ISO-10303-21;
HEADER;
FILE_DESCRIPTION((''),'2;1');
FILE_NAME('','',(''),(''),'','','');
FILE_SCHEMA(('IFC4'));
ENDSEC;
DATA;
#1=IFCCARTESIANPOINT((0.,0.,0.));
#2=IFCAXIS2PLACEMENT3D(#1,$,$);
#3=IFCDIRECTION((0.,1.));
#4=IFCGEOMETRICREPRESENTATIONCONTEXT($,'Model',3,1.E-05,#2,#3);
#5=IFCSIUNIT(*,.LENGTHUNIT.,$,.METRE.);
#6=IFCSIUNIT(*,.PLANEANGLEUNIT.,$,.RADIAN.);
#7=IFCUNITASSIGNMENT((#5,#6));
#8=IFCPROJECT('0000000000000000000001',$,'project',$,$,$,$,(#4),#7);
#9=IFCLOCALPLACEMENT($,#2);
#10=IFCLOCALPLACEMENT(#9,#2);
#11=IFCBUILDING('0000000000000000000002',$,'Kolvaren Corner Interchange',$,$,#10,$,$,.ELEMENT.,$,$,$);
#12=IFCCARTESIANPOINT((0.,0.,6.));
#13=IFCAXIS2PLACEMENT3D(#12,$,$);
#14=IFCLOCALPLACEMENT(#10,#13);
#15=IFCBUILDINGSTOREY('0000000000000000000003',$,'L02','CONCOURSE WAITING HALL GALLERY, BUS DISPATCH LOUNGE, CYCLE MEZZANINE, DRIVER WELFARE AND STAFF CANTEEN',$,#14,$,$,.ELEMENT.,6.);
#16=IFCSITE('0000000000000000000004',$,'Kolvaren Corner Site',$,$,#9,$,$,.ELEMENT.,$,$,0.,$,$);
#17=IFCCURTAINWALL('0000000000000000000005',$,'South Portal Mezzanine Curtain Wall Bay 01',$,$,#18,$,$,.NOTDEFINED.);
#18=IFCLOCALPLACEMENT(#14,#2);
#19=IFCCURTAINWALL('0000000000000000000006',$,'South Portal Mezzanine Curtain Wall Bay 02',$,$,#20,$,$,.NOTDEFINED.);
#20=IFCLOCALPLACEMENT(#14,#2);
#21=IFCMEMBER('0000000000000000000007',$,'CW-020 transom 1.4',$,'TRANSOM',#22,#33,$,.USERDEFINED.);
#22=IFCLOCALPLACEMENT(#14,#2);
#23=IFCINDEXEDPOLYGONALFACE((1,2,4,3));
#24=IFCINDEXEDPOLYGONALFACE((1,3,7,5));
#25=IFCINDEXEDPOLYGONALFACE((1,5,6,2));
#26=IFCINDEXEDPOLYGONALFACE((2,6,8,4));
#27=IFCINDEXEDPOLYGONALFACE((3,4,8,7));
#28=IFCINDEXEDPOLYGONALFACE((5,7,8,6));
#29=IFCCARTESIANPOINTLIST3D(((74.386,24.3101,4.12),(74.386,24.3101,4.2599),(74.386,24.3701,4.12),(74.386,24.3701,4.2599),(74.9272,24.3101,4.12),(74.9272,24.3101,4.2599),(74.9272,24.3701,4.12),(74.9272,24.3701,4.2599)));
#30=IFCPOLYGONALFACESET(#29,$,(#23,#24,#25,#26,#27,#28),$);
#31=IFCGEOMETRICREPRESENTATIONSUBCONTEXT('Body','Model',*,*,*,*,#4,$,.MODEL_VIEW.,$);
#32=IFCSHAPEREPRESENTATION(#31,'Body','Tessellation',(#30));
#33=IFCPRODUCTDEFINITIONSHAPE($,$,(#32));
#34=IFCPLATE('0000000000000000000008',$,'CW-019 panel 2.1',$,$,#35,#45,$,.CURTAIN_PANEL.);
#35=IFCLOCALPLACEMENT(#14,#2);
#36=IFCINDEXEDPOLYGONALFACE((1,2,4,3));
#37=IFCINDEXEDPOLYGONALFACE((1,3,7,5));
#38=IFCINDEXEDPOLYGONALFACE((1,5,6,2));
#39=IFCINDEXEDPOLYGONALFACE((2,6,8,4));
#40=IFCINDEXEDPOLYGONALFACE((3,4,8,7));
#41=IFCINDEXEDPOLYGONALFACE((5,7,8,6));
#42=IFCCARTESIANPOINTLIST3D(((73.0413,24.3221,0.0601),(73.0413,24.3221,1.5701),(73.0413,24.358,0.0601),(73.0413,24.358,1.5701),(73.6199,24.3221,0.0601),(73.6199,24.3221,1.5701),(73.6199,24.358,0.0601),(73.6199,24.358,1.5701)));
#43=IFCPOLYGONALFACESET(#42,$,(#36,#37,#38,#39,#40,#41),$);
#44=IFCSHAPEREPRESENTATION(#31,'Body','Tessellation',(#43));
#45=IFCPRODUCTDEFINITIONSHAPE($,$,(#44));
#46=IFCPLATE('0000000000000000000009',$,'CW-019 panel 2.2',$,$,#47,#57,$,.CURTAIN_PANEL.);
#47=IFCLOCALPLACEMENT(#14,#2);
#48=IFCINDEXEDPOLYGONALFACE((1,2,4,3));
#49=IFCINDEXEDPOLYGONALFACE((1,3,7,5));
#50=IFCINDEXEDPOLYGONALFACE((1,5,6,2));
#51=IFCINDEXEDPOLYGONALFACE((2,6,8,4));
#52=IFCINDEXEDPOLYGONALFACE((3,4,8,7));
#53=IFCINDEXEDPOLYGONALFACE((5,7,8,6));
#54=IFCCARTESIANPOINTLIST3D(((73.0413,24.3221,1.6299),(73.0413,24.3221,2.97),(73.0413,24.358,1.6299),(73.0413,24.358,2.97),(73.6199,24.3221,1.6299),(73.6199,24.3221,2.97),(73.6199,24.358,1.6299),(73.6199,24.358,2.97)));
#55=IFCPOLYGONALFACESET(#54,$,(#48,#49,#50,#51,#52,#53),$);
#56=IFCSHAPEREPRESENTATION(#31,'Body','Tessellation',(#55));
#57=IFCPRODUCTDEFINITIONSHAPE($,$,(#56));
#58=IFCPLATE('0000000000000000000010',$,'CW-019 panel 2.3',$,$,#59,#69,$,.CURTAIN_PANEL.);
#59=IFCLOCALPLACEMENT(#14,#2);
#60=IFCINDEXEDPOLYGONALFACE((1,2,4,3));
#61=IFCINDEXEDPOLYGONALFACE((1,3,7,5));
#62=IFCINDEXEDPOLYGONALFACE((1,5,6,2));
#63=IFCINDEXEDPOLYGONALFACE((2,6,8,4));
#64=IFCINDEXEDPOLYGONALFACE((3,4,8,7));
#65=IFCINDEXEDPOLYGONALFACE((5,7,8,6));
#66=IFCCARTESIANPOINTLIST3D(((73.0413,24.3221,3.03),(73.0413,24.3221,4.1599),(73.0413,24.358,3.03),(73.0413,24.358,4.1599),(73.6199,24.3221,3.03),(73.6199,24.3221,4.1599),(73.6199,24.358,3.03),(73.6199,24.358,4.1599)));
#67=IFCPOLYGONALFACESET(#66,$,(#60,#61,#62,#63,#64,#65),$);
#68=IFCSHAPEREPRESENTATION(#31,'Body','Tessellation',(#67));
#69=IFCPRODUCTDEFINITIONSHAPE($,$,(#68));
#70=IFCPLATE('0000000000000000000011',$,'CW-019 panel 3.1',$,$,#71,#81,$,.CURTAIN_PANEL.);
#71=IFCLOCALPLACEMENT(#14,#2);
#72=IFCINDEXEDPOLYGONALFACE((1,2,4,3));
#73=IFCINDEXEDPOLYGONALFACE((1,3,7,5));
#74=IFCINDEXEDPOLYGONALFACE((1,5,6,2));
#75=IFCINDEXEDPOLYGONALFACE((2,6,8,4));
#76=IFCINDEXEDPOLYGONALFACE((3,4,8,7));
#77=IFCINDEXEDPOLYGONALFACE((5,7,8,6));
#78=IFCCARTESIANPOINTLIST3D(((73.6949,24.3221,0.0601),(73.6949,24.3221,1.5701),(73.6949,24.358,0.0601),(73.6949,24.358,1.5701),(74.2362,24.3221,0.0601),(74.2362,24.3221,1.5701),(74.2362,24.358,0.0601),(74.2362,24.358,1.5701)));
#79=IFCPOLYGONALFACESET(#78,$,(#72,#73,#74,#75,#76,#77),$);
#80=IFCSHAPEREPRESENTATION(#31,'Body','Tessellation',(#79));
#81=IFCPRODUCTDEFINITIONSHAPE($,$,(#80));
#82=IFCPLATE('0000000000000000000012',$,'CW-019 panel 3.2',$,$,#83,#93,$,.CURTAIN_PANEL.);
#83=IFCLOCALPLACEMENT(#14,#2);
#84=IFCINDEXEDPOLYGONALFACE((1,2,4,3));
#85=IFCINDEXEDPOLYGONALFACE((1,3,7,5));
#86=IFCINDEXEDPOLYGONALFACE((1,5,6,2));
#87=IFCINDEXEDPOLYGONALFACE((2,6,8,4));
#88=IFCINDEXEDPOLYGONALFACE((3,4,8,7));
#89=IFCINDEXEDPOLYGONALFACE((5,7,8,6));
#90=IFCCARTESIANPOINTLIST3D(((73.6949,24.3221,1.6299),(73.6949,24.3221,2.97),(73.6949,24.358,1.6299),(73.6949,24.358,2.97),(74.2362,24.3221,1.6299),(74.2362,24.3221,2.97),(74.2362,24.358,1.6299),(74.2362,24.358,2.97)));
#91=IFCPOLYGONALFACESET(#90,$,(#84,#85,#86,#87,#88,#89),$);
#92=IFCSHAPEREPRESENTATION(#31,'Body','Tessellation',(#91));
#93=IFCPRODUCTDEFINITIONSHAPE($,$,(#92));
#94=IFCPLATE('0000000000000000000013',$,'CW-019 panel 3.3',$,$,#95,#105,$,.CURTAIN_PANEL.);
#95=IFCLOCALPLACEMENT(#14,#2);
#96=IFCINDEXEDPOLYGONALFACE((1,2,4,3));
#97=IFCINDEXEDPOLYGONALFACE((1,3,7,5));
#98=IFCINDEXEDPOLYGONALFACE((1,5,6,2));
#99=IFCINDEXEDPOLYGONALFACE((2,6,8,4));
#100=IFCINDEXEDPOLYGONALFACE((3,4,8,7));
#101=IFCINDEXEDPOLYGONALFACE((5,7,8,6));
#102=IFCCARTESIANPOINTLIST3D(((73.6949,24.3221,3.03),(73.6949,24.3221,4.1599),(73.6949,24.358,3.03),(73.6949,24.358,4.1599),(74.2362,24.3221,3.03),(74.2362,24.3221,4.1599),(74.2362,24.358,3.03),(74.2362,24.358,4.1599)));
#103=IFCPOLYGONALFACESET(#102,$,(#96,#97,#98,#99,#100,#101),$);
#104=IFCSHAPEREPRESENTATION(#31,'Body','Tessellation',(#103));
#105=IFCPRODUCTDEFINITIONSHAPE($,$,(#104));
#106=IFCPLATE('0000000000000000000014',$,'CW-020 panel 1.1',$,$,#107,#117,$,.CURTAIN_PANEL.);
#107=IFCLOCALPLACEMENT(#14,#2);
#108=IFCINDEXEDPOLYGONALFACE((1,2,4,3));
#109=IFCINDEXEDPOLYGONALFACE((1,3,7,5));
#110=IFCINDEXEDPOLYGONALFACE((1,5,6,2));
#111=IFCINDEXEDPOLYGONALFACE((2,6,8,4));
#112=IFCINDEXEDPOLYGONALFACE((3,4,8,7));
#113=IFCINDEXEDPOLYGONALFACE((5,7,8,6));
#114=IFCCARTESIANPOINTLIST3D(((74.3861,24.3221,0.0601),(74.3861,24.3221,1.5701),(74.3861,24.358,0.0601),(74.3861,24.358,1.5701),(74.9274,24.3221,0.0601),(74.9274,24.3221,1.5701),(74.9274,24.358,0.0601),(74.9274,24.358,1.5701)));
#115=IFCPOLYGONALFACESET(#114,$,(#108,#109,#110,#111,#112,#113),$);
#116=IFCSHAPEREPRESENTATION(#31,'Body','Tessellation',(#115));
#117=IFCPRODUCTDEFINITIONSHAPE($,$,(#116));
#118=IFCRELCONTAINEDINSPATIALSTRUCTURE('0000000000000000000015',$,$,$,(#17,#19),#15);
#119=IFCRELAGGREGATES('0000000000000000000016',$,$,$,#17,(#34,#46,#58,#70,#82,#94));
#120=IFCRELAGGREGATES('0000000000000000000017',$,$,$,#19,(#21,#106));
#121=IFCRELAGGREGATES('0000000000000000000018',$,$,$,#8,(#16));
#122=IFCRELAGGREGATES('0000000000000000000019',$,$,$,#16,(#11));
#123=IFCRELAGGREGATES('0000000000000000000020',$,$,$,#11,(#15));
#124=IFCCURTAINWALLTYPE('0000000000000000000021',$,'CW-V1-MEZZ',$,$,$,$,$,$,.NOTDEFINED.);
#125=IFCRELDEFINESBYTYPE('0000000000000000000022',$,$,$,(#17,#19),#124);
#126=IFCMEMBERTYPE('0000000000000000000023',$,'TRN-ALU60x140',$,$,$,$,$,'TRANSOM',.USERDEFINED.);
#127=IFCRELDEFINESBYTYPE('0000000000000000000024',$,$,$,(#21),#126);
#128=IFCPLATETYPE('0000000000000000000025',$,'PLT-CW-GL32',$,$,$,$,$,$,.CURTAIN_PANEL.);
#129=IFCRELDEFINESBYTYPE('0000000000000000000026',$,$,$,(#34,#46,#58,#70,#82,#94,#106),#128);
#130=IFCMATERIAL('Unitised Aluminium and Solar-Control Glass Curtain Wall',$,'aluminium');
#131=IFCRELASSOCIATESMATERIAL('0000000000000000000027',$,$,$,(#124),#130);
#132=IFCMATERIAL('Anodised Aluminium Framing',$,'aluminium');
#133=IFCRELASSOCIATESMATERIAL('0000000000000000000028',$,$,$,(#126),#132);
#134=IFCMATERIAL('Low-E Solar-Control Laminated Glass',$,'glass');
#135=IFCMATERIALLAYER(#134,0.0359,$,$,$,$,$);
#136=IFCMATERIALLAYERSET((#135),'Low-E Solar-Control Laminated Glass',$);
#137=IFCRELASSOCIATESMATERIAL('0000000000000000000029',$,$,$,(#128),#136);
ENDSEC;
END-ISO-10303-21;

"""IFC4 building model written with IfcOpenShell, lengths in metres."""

from ifc_helpers import new_model, si_unit, direction, frame, origin, origin_2d, place, context, subcontext, project, spatial, rectangle, extrude, material, layer, layer_set, material_profile, profile_set, type_object, element, aggregate, save


model = new_model("IFC4")

# Units and contexts
model_context = context("Model", 3, precision=1e-05, world=origin(), true_north=direction((0.0, 1.0)))
body_context = subcontext(model_context, "Body", "Model", "MODEL_VIEW")
ifc_project = project(units=[si_unit("LENGTHUNIT", "METRE"), si_unit("PLANEANGLEUNIT", "RADIAN")], contexts=[model_context])

# Site, building, storey
site_placement = place(None, origin())
site = spatial("IfcSite", under=ifc_project, at=site_placement, Name="Kolvaren Corner Site", CompositionType="ELEMENT", RefElevation=0.0)
building_placement = place(site_placement, origin())
building = spatial("IfcBuilding", under=site, at=building_placement, Name="Kolvaren Corner Interchange", CompositionType="ELEMENT")
storey_placement = place(building_placement, frame((0.0, 0.0, 6.0)))
storey = spatial("IfcBuildingStorey", under=building, at=storey_placement, Name="L02", Description="CONCOURSE WAITING HALL GALLERY, BUS DISPATCH LOUNGE, CYCLE MEZZANINE, DRIVER WELFARE AND STAFF CANTEEN", CompositionType="ELEMENT", Elevation=6.0)

# Curtain wall
ifc_material_1 = material(Name="Unitised Aluminium and Solar-Control Glass Curtain Wall", Category="aluminium")
curtain_wall_type = type_object("IfcCurtainWallType", Name="CW-V1-MEZZ", PredefinedType="NOTDEFINED", material=ifc_material_1)
curtain_wall_1_placement = place(storey_placement, origin())
curtain_wall_1 = element("IfcCurtainWall", 1, at=curtain_wall_1_placement, inside=storey, type_object=curtain_wall_type, Name="South Portal Mezzanine Curtain Wall Bay 01", PredefinedType="NOTDEFINED")

# Curtain wall
curtain_wall_2_placement = place(storey_placement, origin())
curtain_wall_2 = element("IfcCurtainWall", 2, at=curtain_wall_2_placement, inside=storey, type_object=curtain_wall_type, Name="South Portal Mezzanine Curtain Wall Bay 02", PredefinedType="NOTDEFINED")

# Member
ifc_material_2 = material(Name="Anodised Aluminium Framing", Category="aluminium")
ifc_material_profile_1 = material_profile(ifc_material_2, rectangle(XDim=0.0601, YDim=0.1399, at=origin_2d()), Name="ALU 60x140")
ifc_profile_set_1 = profile_set([ifc_material_profile_1], Name="Anodised Aluminium Framing")
member_type_1 = type_object("IfcMemberType", Name="TRN-ALU60x140", ElementType="TRANSOM", PredefinedType="USERDEFINED", material=ifc_profile_set_1)
member_1_placement = place(storey_placement, frame((74.386, 24.3401, 4.1899), z_axis=(1.0, 0.0, 0.0), x_axis=(0.0, 1.0, 0.0)))
member_1 = element("IfcMember", 3, at=member_1_placement, type_object=member_type_1, Name="CW-020 transom 1.4", ObjectType="TRANSOM", PredefinedType="USERDEFINED", context=body_context, shape_type="SweptSolid", body=[
    extrude(rectangle(XDim=0.0601, YDim=0.1399, at=origin_2d()), origin(), (0.0, 0.0, 1.0), 0.5413),
])

# Plates
ifc_material_3 = material(Name="Low-E Solar-Control Laminated Glass", Category="glass")
ifc_layer = layer(ifc_material_3, 0.0359)
ifc_layer_set = layer_set([ifc_layer], Name="Low-E Solar-Control Laminated Glass")
plate_type = type_object("IfcPlateType", Name="PLT-CW-GL32", PredefinedType="CURTAIN_PANEL", material=ifc_layer_set)
plate_1_placement = place(storey_placement, frame((73.3306, 24.3401, 0.0601), z_axis=(0.0, 0.0, 1.0), x_axis=(1.0, 0.0, 0.0)))
plate_1 = element("IfcPlate", 4, at=plate_1_placement, type_object=plate_type, Name="CW-019 panel 2.1", PredefinedType="CURTAIN_PANEL", context=body_context, shape_type="SweptSolid", body=[
    extrude(rectangle(XDim=0.5786, YDim=0.0359, at=origin_2d()), origin(), (0.0, 0.0, 1.0), 1.51),
])
plate_2_placement = place(storey_placement, frame((73.3306, 24.3401, 1.6299), z_axis=(0.0, 0.0, 1.0), x_axis=(1.0, 0.0, 0.0)))
plate_2 = element("IfcPlate", 5, at=plate_2_placement, type_object=plate_type, Name="CW-019 panel 2.2", PredefinedType="CURTAIN_PANEL", context=body_context, shape_type="SweptSolid", body=[
    extrude(rectangle(XDim=0.5786, YDim=0.0359, at=origin_2d()), origin(), (0.0, 0.0, 1.0), 1.3401),
])
plate_3_placement = place(storey_placement, frame((73.3306, 24.3401, 3.03), z_axis=(0.0, 0.0, 1.0), x_axis=(1.0, 0.0, 0.0)))
plate_3 = element("IfcPlate", 6, at=plate_3_placement, type_object=plate_type, Name="CW-019 panel 2.3", PredefinedType="CURTAIN_PANEL", context=body_context, shape_type="SweptSolid", body=[
    extrude(rectangle(XDim=0.5786, YDim=0.0359, at=origin_2d()), origin(), (0.0, 0.0, 1.0), 1.1299),
])
plate_4_placement = place(storey_placement, frame((73.9656, 24.3401, 0.0601), z_axis=(0.0, 0.0, 1.0), x_axis=(1.0, 0.0, 0.0)))
plate_4 = element("IfcPlate", 7, at=plate_4_placement, type_object=plate_type, Name="CW-019 panel 3.1", PredefinedType="CURTAIN_PANEL", context=body_context, shape_type="SweptSolid", body=[
    extrude(rectangle(XDim=0.5413, YDim=0.0359, at=origin_2d()), origin(), (0.0, 0.0, 1.0), 1.51),
])
plate_5_placement = place(storey_placement, frame((73.9656, 24.3401, 1.6299), z_axis=(0.0, 0.0, 1.0), x_axis=(1.0, 0.0, 0.0)))
plate_5 = element("IfcPlate", 8, at=plate_5_placement, type_object=plate_type, Name="CW-019 panel 3.2", PredefinedType="CURTAIN_PANEL", context=body_context, shape_type="SweptSolid", body=[
    extrude(rectangle(XDim=0.5413, YDim=0.0359, at=origin_2d()), origin(), (0.0, 0.0, 1.0), 1.3401),
])
plate_6_placement = place(storey_placement, frame((73.9656, 24.3401, 3.03), z_axis=(0.0, 0.0, 1.0), x_axis=(1.0, 0.0, 0.0)))
plate_6 = element("IfcPlate", 9, at=plate_6_placement, type_object=plate_type, Name="CW-019 panel 3.3", PredefinedType="CURTAIN_PANEL", context=body_context, shape_type="SweptSolid", body=[
    extrude(rectangle(XDim=0.5413, YDim=0.0359, at=origin_2d()), origin(), (0.0, 0.0, 1.0), 1.1299),
])
aggregate(curtain_wall_1, [plate_1, plate_2, plate_3, plate_4, plate_5, plate_6])
plate_7_placement = place(storey_placement, frame((74.6567, 24.3401, 0.0601), z_axis=(0.0, 0.0, 1.0), x_axis=(1.0, 0.0, 0.0)))
plate_7 = element("IfcPlate", 10, at=plate_7_placement, type_object=plate_type, Name="CW-020 panel 1.1", PredefinedType="CURTAIN_PANEL", context=body_context, shape_type="SweptSolid", body=[
    extrude(rectangle(XDim=0.5413, YDim=0.0359, at=origin_2d()), origin(), (0.0, 0.0, 1.0), 1.51),
])
aggregate(curtain_wall_2, [member_1, plate_7])

save(model, "model.ifc")
